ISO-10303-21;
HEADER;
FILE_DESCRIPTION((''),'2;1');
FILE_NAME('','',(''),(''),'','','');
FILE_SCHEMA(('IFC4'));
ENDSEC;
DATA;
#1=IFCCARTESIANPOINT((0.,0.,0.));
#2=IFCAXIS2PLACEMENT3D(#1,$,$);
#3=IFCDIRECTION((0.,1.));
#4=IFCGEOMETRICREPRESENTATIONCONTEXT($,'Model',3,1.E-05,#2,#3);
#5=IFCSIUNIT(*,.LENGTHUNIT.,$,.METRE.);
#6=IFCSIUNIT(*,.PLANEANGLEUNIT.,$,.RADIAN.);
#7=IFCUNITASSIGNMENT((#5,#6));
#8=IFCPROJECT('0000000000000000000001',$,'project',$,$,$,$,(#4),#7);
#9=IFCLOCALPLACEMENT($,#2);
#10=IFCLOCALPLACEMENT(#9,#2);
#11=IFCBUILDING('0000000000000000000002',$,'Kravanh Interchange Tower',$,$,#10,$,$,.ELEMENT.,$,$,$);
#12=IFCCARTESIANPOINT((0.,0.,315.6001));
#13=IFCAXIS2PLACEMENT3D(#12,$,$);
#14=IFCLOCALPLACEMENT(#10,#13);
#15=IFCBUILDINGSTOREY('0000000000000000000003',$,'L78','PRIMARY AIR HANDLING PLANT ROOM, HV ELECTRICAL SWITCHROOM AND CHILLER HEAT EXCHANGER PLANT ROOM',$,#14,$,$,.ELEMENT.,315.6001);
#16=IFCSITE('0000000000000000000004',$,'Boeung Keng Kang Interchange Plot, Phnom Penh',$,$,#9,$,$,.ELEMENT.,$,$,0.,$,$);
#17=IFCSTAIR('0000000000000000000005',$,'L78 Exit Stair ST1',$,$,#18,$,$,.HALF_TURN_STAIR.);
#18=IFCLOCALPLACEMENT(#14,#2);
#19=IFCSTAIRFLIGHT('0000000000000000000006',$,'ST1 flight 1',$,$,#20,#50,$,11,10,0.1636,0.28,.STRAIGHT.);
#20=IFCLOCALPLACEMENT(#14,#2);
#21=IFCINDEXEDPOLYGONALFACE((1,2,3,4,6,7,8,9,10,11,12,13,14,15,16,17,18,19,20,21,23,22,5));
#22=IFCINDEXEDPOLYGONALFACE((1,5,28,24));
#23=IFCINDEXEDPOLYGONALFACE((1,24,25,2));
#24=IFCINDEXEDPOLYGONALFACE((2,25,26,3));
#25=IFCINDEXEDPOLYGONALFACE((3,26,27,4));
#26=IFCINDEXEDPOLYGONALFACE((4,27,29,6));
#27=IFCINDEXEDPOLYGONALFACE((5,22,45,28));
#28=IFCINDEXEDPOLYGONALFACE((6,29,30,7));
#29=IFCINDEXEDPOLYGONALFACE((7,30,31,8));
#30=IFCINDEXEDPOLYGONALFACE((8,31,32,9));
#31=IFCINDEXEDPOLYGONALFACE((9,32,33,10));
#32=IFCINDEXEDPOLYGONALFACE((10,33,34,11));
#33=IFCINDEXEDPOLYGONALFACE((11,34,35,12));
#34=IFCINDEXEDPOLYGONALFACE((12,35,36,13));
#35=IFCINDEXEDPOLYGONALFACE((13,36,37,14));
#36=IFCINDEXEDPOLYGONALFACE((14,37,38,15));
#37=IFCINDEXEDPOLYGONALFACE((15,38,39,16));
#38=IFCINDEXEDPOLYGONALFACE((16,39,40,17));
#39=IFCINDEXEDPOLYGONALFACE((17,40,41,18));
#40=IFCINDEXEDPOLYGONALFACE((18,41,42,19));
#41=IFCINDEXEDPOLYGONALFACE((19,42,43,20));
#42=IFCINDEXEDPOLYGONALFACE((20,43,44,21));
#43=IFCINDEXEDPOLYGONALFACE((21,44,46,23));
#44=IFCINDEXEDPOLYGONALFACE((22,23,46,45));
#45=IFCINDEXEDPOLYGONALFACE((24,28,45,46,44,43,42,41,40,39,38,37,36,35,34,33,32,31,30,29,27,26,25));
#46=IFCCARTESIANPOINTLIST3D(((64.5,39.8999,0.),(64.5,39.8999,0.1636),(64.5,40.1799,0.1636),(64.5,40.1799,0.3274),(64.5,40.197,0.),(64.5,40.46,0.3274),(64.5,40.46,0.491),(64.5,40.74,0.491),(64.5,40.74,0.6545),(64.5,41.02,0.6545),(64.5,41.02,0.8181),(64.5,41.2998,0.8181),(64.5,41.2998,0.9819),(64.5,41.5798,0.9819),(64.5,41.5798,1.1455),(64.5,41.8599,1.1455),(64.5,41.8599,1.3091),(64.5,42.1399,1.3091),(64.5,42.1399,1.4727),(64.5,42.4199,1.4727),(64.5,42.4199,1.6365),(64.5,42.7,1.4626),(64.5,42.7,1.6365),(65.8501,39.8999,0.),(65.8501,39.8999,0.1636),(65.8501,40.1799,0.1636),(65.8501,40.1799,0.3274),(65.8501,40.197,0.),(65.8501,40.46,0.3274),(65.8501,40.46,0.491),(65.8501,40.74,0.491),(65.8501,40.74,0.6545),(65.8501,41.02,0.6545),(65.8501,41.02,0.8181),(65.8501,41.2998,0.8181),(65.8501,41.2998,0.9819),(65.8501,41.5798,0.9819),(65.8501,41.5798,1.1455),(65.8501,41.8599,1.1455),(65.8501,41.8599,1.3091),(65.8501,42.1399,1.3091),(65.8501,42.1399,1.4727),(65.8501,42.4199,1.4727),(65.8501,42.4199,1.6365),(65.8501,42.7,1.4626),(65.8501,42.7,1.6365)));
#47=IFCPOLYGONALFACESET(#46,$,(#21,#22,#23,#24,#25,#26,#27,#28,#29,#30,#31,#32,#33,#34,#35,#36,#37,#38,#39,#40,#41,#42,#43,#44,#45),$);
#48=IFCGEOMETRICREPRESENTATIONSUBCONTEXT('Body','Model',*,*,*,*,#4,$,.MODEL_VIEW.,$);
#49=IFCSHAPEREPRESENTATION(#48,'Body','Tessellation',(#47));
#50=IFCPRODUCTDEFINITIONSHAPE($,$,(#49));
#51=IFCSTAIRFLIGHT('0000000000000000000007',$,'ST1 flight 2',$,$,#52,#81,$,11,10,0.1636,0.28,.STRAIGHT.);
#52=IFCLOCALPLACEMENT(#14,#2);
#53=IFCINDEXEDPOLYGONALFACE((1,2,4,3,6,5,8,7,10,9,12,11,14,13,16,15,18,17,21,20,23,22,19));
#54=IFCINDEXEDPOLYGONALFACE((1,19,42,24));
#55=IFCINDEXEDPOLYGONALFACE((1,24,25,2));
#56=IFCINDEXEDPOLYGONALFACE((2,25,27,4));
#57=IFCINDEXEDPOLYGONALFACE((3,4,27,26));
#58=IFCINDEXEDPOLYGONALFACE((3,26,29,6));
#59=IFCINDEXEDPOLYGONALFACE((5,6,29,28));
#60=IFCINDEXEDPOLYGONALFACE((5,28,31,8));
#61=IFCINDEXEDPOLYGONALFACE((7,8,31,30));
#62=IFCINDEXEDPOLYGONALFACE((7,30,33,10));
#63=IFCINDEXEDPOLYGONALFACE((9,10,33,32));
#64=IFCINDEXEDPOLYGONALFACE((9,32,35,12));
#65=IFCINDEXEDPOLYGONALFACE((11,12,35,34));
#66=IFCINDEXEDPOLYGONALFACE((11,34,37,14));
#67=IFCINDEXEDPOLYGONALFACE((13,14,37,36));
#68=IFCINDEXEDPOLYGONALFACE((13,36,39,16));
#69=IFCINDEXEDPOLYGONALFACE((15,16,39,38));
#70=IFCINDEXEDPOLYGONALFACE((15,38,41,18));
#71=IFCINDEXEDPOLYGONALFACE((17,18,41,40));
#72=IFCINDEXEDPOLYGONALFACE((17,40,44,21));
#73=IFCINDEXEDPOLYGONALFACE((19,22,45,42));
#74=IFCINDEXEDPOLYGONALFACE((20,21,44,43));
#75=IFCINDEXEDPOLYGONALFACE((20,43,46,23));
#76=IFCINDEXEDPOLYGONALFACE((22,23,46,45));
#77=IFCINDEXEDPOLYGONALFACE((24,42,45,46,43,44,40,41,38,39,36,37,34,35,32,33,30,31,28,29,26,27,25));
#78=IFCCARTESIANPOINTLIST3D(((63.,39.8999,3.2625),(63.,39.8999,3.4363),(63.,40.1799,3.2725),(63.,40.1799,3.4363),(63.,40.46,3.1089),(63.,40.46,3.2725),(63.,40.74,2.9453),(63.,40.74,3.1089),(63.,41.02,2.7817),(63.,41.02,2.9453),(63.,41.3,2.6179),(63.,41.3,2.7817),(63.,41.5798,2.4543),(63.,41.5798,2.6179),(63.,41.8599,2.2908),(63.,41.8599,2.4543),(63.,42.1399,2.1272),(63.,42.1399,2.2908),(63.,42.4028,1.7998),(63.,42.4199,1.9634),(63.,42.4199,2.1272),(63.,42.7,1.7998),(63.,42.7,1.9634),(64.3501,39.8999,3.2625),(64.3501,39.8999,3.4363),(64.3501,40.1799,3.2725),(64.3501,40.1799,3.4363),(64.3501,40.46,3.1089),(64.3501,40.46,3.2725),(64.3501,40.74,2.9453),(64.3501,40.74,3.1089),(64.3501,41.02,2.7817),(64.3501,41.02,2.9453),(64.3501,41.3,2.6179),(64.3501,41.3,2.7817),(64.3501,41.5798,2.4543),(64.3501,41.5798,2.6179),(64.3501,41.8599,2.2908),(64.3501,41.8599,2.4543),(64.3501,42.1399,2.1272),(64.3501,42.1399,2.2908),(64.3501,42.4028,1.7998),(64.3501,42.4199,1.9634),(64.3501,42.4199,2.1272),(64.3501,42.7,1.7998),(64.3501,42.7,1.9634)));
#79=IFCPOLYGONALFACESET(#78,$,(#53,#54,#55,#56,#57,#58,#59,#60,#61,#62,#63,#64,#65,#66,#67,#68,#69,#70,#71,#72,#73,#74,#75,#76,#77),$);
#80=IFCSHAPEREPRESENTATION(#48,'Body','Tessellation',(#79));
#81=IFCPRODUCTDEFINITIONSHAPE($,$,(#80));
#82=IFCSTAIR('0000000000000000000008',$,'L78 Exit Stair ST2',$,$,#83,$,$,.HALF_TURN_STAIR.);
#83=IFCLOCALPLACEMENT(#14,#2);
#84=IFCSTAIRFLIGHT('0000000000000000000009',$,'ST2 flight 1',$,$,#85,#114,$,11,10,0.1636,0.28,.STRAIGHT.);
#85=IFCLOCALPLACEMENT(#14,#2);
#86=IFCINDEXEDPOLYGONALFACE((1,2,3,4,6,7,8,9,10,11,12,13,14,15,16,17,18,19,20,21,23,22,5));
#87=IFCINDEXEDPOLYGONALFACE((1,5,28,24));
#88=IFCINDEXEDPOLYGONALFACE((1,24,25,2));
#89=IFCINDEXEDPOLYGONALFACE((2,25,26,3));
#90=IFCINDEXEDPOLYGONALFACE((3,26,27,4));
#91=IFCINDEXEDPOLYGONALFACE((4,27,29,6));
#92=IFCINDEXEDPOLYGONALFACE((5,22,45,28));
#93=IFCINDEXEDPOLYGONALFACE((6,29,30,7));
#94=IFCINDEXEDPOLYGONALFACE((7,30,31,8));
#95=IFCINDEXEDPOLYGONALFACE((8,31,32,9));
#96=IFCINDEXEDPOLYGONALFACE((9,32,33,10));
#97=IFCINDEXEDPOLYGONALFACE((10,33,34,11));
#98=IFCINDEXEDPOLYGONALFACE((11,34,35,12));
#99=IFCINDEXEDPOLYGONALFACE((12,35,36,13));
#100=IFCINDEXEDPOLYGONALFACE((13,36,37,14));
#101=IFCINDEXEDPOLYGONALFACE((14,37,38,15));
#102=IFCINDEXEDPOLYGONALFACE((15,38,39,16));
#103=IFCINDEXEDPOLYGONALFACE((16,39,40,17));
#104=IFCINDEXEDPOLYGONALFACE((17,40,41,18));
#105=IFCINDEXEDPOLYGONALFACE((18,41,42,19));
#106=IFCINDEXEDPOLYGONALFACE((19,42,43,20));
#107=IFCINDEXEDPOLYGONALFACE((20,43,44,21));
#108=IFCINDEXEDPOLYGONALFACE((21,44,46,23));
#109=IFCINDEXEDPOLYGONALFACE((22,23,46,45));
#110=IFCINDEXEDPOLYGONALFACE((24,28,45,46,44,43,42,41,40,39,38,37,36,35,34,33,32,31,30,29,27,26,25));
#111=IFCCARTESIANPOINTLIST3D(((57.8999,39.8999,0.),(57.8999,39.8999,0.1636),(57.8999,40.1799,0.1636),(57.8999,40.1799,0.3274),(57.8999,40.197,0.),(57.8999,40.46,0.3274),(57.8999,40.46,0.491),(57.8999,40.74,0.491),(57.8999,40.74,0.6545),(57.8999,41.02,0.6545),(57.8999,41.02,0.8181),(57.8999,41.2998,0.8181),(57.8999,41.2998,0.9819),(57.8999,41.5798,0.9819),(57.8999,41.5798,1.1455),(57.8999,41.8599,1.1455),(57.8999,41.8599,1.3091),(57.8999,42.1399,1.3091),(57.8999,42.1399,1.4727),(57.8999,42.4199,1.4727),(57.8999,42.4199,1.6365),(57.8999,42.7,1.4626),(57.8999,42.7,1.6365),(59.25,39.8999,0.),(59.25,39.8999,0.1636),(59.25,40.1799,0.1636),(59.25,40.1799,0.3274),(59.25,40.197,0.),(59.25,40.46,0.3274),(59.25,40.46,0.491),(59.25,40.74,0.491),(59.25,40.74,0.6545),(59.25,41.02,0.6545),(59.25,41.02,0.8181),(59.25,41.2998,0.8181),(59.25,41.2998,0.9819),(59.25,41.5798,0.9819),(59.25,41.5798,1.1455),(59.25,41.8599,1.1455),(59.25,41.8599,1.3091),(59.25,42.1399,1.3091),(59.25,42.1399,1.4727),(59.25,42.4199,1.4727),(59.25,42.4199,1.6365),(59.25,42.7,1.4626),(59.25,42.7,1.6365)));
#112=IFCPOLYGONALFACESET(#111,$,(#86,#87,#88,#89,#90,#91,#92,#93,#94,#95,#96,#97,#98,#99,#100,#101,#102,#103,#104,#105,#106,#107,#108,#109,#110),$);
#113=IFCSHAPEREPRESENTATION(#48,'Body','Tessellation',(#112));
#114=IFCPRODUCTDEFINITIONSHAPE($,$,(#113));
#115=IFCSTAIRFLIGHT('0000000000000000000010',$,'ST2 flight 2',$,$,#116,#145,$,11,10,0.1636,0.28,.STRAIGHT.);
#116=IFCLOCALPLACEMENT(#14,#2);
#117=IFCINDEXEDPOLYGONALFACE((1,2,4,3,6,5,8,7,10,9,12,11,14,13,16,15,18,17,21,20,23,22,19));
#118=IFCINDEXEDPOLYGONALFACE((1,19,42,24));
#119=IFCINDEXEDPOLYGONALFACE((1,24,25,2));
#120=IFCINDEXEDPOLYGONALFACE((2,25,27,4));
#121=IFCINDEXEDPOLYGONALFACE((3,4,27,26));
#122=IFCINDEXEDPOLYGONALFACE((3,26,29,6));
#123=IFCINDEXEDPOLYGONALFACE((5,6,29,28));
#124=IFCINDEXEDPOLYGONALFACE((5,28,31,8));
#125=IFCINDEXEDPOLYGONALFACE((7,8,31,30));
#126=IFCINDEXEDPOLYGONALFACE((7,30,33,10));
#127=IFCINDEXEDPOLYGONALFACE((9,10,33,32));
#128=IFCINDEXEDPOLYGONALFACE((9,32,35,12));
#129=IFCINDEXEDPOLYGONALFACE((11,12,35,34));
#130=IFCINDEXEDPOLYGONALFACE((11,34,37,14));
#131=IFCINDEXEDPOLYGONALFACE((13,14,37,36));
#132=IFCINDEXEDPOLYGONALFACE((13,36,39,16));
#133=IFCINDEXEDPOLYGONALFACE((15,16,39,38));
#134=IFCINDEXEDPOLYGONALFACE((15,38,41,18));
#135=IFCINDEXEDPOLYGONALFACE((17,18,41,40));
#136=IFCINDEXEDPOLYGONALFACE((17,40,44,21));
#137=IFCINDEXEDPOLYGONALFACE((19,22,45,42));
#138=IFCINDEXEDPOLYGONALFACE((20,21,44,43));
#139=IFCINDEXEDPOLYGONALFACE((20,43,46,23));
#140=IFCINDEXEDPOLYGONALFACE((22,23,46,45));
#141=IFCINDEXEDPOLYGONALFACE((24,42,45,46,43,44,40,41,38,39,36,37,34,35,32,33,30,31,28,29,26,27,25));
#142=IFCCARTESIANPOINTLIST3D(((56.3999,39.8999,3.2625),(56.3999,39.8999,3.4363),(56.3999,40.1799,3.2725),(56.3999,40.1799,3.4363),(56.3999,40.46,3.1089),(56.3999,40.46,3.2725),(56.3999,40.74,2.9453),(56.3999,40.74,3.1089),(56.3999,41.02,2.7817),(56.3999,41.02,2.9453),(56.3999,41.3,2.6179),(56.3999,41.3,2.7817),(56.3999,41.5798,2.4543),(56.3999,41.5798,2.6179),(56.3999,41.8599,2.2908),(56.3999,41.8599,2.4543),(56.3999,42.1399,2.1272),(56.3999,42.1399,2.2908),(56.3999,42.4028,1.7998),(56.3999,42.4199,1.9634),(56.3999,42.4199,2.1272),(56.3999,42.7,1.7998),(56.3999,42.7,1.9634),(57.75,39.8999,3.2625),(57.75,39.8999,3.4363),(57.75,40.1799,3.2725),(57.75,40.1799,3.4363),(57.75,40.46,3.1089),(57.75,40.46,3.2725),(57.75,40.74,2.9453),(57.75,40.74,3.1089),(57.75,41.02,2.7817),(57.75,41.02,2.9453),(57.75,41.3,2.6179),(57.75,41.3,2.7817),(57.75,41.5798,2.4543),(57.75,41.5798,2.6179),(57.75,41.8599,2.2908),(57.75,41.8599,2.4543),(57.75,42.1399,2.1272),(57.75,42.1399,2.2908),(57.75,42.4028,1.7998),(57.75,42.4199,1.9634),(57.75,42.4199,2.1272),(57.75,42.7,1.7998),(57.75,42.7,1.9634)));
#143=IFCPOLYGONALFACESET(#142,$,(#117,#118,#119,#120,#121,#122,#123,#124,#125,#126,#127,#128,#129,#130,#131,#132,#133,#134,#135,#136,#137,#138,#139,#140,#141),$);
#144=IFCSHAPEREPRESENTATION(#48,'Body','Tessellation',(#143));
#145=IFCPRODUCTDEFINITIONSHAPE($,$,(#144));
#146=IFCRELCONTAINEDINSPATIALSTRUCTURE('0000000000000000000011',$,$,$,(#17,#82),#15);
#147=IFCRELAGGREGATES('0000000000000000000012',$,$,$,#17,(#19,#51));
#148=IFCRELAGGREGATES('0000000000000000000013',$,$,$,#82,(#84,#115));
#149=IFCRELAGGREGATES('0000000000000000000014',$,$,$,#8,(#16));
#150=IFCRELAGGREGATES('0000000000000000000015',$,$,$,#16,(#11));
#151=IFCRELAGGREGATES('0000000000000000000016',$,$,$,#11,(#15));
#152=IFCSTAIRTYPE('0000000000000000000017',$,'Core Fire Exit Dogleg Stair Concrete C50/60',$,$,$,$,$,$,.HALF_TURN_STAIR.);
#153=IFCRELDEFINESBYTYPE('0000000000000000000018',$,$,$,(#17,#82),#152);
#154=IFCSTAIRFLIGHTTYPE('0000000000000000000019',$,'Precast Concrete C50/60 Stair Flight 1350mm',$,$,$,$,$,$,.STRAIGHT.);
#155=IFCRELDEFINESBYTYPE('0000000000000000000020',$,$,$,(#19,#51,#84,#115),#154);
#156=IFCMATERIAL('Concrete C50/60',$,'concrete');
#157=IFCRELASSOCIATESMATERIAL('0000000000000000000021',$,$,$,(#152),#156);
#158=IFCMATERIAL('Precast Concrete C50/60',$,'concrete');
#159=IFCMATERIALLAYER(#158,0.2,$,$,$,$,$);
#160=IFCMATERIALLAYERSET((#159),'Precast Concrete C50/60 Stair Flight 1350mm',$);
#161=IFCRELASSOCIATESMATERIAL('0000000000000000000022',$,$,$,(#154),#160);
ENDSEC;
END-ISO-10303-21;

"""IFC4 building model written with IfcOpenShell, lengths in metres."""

from ifc_helpers import new_model, si_unit, direction, frame, origin, place, context, subcontext, project, spatial, polyline, outline, extrude, material, layer, layer_set, type_object, element, aggregate, save


model = new_model("IFC4")

# Units and contexts
model_context = context("Model", 3, precision=1e-05, world=origin(), true_north=direction((0.0, 1.0)))
body_context = subcontext(model_context, "Body", "Model", "MODEL_VIEW")
ifc_project = project(units=[si_unit("LENGTHUNIT", "METRE"), si_unit("PLANEANGLEUNIT", "RADIAN")], contexts=[model_context])

# Site, building, storey
site_placement = place(None, origin())
site = spatial("IfcSite", under=ifc_project, at=site_placement, Name="Boeung Keng Kang Interchange Plot, Phnom Penh", CompositionType="ELEMENT", RefElevation=0.0)
building_placement = place(site_placement, origin())
building = spatial("IfcBuilding", under=site, at=building_placement, Name="Kravanh Interchange Tower", CompositionType="ELEMENT")
storey_placement = place(building_placement, frame((0.0, 0.0, 315.6001)))
storey = spatial("IfcBuildingStorey", under=building, at=storey_placement, Name="L78", Description="PRIMARY AIR HANDLING PLANT ROOM, HV ELECTRICAL SWITCHROOM AND CHILLER HEAT EXCHANGER PLANT ROOM", CompositionType="ELEMENT", Elevation=315.6001)

# Stairs, stair flights
ifc_material_1 = material(Name="Concrete C50/60", Category="concrete")
stair_type = type_object("IfcStairType", Name="Core Fire Exit Dogleg Stair Concrete C50/60", PredefinedType="HALF_TURN_STAIR", material=ifc_material_1)
stair_1_placement = place(storey_placement, origin())
stair_1 = element("IfcStair", 1, at=stair_1_placement, inside=storey, type_object=stair_type, Name="L78 Exit Stair ST1", PredefinedType="HALF_TURN_STAIR")
ifc_material_2 = material(Name="Precast Concrete C50/60", Category="concrete")
ifc_layer_1 = layer(ifc_material_2, 0.2)
ifc_layer_set_1 = layer_set([ifc_layer_1], Name="Precast Concrete C50/60 Stair Flight 1350mm")
stair_flight_type = type_object("IfcStairFlightType", Name="Precast Concrete C50/60 Stair Flight 1350mm", PredefinedType="STRAIGHT", material=ifc_layer_set_1)
stair_flight_1_placement = place(storey_placement, frame((65.175, 39.8999, 0.0), z_axis=(0.0, 0.0, 1.0), x_axis=(0.0, 1.0, 0.0)))
stair_flight_1 = element("IfcStairFlight", 2, at=stair_flight_1_placement, type_object=stair_flight_type, Name="ST1 flight 1", NumberOfRisers=11, NumberOfTreads=10, PredefinedType="STRAIGHT", RiserHeight=0.1636, TreadLength=0.28, context=body_context, shape_type="SweptSolid", body=[
    extrude(outline(polyline([(0.0, 0.0), (0.0, 0.1636), (0.28, 0.1636), (0.28, 0.3274), (0.5601, 0.3274), (0.5601, 0.491), (0.8401, 0.491), (0.8401, 0.6545), (1.1201, 0.6545), (1.1201, 0.8181), (1.3999, 0.8181), (1.3999, 0.9819), (1.6799, 0.9819), (1.6799, 1.1455), (1.96, 1.1455), (1.96, 1.3091), (2.24, 1.3091), (2.24, 1.4727), (2.52, 1.4727), (2.52, 1.6365), (2.8, 1.6365), (2.8, 1.8), (2.8, 1.4626), (0.2971, 0.0), (0.0, 0.0)])), frame((0.0, 0.675, 0.0), z_axis=(0.0, -1.0, 0.0), x_axis=(1.0, 0.0, 0.0)), (0.0, 0.0, 1.0), 1.3501),
])
stair_flight_2_placement = place(storey_placement, frame((63.675, 42.7, 1.7998), z_axis=(0.0, 0.0, 1.0), x_axis=(0.0, -1.0, 0.0)))
stair_flight_2 = element("IfcStairFlight", 3, at=stair_flight_2_placement, type_object=stair_flight_type, Name="ST1 flight 2", NumberOfRisers=11, NumberOfTreads=10, PredefinedType="STRAIGHT", RiserHeight=0.1636, TreadLength=0.28, context=body_context, shape_type="SweptSolid", body=[
    extrude(outline(polyline([(0.0, 0.0), (0.0, 0.1636), (0.28, 0.1636), (0.28, 0.3274), (0.5601, 0.3274), (0.5601, 0.491), (0.8401, 0.491), (0.8401, 0.6545), (1.1201, 0.6545), (1.1201, 0.8181), (1.3999, 0.8181), (1.3999, 0.9819), (1.6799, 0.9819), (1.6799, 1.1455), (1.96, 1.1455), (1.96, 1.3091), (2.24, 1.3091), (2.24, 1.4727), (2.52, 1.4727), (2.52, 1.6365), (2.8, 1.6365), (2.8, 1.8), (2.8, 1.4626), (0.2971, 0.0), (0.0, 0.0)])), frame((0.0, 0.675, 0.0), z_axis=(0.0, -1.0, 0.0), x_axis=(1.0, 0.0, 0.0)), (0.0, 0.0, 1.0), 1.3501),
])
aggregate(stair_1, [stair_flight_1, stair_flight_2])
stair_2_placement = place(storey_placement, origin())
stair_2 = element("IfcStair", 4, at=stair_2_placement, inside=storey, type_object=stair_type, Name="L78 Exit Stair ST2", PredefinedType="HALF_TURN_STAIR")
stair_flight_3_placement = place(storey_placement, frame((58.575, 39.8999, 0.0), z_axis=(0.0, 0.0, 1.0), x_axis=(0.0, 1.0, 0.0)))
stair_flight_3 = element("IfcStairFlight", 5, at=stair_flight_3_placement, type_object=stair_flight_type, Name="ST2 flight 1", NumberOfRisers=11, NumberOfTreads=10, PredefinedType="STRAIGHT", RiserHeight=0.1636, TreadLength=0.28, context=body_context, shape_type="SweptSolid", body=[
    extrude(outline(polyline([(0.0, 0.0), (0.0, 0.1636), (0.28, 0.1636), (0.28, 0.3274), (0.5601, 0.3274), (0.5601, 0.491), (0.8401, 0.491), (0.8401, 0.6545), (1.1201, 0.6545), (1.1201, 0.8181), (1.3999, 0.8181), (1.3999, 0.9819), (1.6799, 0.9819), (1.6799, 1.1455), (1.96, 1.1455), (1.96, 1.3091), (2.24, 1.3091), (2.24, 1.4727), (2.52, 1.4727), (2.52, 1.6365), (2.8, 1.6365), (2.8, 1.8), (2.8, 1.4626), (0.2971, 0.0), (0.0, 0.0)])), frame((0.0, 0.675, 0.0), z_axis=(0.0, -1.0, 0.0), x_axis=(1.0, 0.0, 0.0)), (0.0, 0.0, 1.0), 1.3501),
])
stair_flight_4_placement = place(storey_placement, frame((57.075, 42.7, 1.7998), z_axis=(0.0, 0.0, 1.0), x_axis=(0.0, -1.0, 0.0)))
stair_flight_4 = element("IfcStairFlight", 6, at=stair_flight_4_placement, type_object=stair_flight_type, Name="ST2 flight 2", NumberOfRisers=11, NumberOfTreads=10, PredefinedType="STRAIGHT", RiserHeight=0.1636, TreadLength=0.28, context=body_context, shape_type="SweptSolid", body=[
    extrude(outline(polyline([(0.0, 0.0), (0.0, 0.1636), (0.28, 0.1636), (0.28, 0.3274), (0.5601, 0.3274), (0.5601, 0.491), (0.8401, 0.491), (0.8401, 0.6545), (1.1201, 0.6545), (1.1201, 0.8181), (1.3999, 0.8181), (1.3999, 0.9819), (1.6799, 0.9819), (1.6799, 1.1455), (1.96, 1.1455), (1.96, 1.3091), (2.24, 1.3091), (2.24, 1.4727), (2.52, 1.4727), (2.52, 1.6365), (2.8, 1.6365), (2.8, 1.8), (2.8, 1.4626), (0.2971, 0.0), (0.0, 0.0)])), frame((0.0, 0.675, 0.0), z_axis=(0.0, -1.0, 0.0), x_axis=(1.0, 0.0, 0.0)), (0.0, 0.0, 1.0), 1.3501),
])
aggregate(stair_2, [stair_flight_3, stair_flight_4])

save(model, "model.ifc")
